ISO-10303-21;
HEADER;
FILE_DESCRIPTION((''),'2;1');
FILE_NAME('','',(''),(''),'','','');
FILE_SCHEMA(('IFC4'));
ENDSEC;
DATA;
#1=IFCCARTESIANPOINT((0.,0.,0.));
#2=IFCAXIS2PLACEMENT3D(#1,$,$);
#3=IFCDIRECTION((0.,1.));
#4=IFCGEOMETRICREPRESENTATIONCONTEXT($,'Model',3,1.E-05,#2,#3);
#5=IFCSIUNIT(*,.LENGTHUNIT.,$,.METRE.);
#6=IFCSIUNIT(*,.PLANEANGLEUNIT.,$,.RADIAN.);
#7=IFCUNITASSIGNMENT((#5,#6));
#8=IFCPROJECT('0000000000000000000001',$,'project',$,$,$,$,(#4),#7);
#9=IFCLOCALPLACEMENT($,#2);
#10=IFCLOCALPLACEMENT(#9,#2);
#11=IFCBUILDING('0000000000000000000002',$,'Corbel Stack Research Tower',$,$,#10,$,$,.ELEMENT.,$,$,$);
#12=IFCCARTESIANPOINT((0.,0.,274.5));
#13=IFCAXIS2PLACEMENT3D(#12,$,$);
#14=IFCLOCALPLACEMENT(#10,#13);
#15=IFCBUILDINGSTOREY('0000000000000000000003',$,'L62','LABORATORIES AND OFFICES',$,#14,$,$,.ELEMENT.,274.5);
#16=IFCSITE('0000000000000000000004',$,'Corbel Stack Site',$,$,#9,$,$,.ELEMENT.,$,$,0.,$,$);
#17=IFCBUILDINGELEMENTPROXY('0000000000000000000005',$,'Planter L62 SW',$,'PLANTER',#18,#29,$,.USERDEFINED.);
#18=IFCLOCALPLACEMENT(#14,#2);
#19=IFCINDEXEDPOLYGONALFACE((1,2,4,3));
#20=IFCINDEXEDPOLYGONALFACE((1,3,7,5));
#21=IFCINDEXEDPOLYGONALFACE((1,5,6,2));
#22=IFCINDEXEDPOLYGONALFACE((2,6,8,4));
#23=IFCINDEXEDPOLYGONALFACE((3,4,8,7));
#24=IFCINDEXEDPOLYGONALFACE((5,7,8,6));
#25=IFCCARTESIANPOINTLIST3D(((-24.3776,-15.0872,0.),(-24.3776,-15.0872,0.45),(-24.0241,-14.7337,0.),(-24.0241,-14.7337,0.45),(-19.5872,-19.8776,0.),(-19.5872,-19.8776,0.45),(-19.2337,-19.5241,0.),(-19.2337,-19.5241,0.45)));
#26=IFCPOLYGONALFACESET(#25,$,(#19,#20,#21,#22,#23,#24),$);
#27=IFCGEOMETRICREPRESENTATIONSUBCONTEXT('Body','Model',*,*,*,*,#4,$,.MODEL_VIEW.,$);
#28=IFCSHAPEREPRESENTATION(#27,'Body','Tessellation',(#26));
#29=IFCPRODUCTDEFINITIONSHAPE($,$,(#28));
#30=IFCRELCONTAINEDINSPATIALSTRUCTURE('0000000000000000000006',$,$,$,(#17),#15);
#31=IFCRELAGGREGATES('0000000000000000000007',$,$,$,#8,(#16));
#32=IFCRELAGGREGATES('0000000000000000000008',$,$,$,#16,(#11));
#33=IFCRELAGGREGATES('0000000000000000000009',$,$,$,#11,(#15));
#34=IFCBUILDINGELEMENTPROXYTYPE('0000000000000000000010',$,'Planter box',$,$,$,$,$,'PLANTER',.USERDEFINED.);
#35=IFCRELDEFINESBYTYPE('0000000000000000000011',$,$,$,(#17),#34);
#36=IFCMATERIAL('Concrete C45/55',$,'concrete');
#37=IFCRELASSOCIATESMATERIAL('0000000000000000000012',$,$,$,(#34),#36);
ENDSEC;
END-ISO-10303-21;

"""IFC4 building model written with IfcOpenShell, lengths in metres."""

from ifc_helpers import new_model, si_unit, direction, frame, origin, origin_2d, place, context, subcontext, project, spatial, rectangle, extrude, material, type_object, element, save


model = new_model("IFC4")

# Units and contexts
model_context = context("Model", 3, precision=1e-05, world=origin(), true_north=direction((0.0, 1.0)))
body_context = subcontext(model_context, "Body", "Model", "MODEL_VIEW")
ifc_project = project(units=[si_unit("LENGTHUNIT", "METRE"), si_unit("PLANEANGLEUNIT", "RADIAN")], contexts=[model_context])

# Site, building, storey
site_placement = place(None, origin())
site = spatial("IfcSite", under=ifc_project, at=site_placement, Name="Corbel Stack Site", CompositionType="ELEMENT", RefElevation=0.0)
building_placement = place(site_placement, origin())
building = spatial("IfcBuilding", under=site, at=building_placement, Name="Corbel Stack Research Tower", CompositionType="ELEMENT")
storey_placement = place(building_placement, frame((0.0, 0.0, 274.5)))
storey = spatial("IfcBuildingStorey", under=building, at=storey_placement, Name="L62", Description="LABORATORIES AND OFFICES", CompositionType="ELEMENT", Elevation=274.5)

# Building element proxy
ifc_material_1 = material(Name="Concrete C45/55", Category="concrete")
building_element_proxy_type = type_object("IfcBuildingElementProxyType", Name="Planter box", ElementType="PLANTER", PredefinedType="USERDEFINED", material=ifc_material_1)
proxy_placement = place(storey_placement, frame((-21.8057, -17.3057, 0.0), z_axis=(0.0, 0.0, 1.0), x_axis=(0.707107, -0.707107, 0.0)))
element("IfcBuildingElementProxy", 1, at=proxy_placement, inside=storey, type_object=building_element_proxy_type, Name="Planter L62 SW", ObjectType="PLANTER", PredefinedType="USERDEFINED", context=body_context, shape_type="SweptSolid", body=[
    extrude(rectangle(XDim=6.7747, YDim=0.5, at=origin_2d()), origin(), (0.0, 0.0, 1.0), 0.45),
])

save(model, "model.ifc")
